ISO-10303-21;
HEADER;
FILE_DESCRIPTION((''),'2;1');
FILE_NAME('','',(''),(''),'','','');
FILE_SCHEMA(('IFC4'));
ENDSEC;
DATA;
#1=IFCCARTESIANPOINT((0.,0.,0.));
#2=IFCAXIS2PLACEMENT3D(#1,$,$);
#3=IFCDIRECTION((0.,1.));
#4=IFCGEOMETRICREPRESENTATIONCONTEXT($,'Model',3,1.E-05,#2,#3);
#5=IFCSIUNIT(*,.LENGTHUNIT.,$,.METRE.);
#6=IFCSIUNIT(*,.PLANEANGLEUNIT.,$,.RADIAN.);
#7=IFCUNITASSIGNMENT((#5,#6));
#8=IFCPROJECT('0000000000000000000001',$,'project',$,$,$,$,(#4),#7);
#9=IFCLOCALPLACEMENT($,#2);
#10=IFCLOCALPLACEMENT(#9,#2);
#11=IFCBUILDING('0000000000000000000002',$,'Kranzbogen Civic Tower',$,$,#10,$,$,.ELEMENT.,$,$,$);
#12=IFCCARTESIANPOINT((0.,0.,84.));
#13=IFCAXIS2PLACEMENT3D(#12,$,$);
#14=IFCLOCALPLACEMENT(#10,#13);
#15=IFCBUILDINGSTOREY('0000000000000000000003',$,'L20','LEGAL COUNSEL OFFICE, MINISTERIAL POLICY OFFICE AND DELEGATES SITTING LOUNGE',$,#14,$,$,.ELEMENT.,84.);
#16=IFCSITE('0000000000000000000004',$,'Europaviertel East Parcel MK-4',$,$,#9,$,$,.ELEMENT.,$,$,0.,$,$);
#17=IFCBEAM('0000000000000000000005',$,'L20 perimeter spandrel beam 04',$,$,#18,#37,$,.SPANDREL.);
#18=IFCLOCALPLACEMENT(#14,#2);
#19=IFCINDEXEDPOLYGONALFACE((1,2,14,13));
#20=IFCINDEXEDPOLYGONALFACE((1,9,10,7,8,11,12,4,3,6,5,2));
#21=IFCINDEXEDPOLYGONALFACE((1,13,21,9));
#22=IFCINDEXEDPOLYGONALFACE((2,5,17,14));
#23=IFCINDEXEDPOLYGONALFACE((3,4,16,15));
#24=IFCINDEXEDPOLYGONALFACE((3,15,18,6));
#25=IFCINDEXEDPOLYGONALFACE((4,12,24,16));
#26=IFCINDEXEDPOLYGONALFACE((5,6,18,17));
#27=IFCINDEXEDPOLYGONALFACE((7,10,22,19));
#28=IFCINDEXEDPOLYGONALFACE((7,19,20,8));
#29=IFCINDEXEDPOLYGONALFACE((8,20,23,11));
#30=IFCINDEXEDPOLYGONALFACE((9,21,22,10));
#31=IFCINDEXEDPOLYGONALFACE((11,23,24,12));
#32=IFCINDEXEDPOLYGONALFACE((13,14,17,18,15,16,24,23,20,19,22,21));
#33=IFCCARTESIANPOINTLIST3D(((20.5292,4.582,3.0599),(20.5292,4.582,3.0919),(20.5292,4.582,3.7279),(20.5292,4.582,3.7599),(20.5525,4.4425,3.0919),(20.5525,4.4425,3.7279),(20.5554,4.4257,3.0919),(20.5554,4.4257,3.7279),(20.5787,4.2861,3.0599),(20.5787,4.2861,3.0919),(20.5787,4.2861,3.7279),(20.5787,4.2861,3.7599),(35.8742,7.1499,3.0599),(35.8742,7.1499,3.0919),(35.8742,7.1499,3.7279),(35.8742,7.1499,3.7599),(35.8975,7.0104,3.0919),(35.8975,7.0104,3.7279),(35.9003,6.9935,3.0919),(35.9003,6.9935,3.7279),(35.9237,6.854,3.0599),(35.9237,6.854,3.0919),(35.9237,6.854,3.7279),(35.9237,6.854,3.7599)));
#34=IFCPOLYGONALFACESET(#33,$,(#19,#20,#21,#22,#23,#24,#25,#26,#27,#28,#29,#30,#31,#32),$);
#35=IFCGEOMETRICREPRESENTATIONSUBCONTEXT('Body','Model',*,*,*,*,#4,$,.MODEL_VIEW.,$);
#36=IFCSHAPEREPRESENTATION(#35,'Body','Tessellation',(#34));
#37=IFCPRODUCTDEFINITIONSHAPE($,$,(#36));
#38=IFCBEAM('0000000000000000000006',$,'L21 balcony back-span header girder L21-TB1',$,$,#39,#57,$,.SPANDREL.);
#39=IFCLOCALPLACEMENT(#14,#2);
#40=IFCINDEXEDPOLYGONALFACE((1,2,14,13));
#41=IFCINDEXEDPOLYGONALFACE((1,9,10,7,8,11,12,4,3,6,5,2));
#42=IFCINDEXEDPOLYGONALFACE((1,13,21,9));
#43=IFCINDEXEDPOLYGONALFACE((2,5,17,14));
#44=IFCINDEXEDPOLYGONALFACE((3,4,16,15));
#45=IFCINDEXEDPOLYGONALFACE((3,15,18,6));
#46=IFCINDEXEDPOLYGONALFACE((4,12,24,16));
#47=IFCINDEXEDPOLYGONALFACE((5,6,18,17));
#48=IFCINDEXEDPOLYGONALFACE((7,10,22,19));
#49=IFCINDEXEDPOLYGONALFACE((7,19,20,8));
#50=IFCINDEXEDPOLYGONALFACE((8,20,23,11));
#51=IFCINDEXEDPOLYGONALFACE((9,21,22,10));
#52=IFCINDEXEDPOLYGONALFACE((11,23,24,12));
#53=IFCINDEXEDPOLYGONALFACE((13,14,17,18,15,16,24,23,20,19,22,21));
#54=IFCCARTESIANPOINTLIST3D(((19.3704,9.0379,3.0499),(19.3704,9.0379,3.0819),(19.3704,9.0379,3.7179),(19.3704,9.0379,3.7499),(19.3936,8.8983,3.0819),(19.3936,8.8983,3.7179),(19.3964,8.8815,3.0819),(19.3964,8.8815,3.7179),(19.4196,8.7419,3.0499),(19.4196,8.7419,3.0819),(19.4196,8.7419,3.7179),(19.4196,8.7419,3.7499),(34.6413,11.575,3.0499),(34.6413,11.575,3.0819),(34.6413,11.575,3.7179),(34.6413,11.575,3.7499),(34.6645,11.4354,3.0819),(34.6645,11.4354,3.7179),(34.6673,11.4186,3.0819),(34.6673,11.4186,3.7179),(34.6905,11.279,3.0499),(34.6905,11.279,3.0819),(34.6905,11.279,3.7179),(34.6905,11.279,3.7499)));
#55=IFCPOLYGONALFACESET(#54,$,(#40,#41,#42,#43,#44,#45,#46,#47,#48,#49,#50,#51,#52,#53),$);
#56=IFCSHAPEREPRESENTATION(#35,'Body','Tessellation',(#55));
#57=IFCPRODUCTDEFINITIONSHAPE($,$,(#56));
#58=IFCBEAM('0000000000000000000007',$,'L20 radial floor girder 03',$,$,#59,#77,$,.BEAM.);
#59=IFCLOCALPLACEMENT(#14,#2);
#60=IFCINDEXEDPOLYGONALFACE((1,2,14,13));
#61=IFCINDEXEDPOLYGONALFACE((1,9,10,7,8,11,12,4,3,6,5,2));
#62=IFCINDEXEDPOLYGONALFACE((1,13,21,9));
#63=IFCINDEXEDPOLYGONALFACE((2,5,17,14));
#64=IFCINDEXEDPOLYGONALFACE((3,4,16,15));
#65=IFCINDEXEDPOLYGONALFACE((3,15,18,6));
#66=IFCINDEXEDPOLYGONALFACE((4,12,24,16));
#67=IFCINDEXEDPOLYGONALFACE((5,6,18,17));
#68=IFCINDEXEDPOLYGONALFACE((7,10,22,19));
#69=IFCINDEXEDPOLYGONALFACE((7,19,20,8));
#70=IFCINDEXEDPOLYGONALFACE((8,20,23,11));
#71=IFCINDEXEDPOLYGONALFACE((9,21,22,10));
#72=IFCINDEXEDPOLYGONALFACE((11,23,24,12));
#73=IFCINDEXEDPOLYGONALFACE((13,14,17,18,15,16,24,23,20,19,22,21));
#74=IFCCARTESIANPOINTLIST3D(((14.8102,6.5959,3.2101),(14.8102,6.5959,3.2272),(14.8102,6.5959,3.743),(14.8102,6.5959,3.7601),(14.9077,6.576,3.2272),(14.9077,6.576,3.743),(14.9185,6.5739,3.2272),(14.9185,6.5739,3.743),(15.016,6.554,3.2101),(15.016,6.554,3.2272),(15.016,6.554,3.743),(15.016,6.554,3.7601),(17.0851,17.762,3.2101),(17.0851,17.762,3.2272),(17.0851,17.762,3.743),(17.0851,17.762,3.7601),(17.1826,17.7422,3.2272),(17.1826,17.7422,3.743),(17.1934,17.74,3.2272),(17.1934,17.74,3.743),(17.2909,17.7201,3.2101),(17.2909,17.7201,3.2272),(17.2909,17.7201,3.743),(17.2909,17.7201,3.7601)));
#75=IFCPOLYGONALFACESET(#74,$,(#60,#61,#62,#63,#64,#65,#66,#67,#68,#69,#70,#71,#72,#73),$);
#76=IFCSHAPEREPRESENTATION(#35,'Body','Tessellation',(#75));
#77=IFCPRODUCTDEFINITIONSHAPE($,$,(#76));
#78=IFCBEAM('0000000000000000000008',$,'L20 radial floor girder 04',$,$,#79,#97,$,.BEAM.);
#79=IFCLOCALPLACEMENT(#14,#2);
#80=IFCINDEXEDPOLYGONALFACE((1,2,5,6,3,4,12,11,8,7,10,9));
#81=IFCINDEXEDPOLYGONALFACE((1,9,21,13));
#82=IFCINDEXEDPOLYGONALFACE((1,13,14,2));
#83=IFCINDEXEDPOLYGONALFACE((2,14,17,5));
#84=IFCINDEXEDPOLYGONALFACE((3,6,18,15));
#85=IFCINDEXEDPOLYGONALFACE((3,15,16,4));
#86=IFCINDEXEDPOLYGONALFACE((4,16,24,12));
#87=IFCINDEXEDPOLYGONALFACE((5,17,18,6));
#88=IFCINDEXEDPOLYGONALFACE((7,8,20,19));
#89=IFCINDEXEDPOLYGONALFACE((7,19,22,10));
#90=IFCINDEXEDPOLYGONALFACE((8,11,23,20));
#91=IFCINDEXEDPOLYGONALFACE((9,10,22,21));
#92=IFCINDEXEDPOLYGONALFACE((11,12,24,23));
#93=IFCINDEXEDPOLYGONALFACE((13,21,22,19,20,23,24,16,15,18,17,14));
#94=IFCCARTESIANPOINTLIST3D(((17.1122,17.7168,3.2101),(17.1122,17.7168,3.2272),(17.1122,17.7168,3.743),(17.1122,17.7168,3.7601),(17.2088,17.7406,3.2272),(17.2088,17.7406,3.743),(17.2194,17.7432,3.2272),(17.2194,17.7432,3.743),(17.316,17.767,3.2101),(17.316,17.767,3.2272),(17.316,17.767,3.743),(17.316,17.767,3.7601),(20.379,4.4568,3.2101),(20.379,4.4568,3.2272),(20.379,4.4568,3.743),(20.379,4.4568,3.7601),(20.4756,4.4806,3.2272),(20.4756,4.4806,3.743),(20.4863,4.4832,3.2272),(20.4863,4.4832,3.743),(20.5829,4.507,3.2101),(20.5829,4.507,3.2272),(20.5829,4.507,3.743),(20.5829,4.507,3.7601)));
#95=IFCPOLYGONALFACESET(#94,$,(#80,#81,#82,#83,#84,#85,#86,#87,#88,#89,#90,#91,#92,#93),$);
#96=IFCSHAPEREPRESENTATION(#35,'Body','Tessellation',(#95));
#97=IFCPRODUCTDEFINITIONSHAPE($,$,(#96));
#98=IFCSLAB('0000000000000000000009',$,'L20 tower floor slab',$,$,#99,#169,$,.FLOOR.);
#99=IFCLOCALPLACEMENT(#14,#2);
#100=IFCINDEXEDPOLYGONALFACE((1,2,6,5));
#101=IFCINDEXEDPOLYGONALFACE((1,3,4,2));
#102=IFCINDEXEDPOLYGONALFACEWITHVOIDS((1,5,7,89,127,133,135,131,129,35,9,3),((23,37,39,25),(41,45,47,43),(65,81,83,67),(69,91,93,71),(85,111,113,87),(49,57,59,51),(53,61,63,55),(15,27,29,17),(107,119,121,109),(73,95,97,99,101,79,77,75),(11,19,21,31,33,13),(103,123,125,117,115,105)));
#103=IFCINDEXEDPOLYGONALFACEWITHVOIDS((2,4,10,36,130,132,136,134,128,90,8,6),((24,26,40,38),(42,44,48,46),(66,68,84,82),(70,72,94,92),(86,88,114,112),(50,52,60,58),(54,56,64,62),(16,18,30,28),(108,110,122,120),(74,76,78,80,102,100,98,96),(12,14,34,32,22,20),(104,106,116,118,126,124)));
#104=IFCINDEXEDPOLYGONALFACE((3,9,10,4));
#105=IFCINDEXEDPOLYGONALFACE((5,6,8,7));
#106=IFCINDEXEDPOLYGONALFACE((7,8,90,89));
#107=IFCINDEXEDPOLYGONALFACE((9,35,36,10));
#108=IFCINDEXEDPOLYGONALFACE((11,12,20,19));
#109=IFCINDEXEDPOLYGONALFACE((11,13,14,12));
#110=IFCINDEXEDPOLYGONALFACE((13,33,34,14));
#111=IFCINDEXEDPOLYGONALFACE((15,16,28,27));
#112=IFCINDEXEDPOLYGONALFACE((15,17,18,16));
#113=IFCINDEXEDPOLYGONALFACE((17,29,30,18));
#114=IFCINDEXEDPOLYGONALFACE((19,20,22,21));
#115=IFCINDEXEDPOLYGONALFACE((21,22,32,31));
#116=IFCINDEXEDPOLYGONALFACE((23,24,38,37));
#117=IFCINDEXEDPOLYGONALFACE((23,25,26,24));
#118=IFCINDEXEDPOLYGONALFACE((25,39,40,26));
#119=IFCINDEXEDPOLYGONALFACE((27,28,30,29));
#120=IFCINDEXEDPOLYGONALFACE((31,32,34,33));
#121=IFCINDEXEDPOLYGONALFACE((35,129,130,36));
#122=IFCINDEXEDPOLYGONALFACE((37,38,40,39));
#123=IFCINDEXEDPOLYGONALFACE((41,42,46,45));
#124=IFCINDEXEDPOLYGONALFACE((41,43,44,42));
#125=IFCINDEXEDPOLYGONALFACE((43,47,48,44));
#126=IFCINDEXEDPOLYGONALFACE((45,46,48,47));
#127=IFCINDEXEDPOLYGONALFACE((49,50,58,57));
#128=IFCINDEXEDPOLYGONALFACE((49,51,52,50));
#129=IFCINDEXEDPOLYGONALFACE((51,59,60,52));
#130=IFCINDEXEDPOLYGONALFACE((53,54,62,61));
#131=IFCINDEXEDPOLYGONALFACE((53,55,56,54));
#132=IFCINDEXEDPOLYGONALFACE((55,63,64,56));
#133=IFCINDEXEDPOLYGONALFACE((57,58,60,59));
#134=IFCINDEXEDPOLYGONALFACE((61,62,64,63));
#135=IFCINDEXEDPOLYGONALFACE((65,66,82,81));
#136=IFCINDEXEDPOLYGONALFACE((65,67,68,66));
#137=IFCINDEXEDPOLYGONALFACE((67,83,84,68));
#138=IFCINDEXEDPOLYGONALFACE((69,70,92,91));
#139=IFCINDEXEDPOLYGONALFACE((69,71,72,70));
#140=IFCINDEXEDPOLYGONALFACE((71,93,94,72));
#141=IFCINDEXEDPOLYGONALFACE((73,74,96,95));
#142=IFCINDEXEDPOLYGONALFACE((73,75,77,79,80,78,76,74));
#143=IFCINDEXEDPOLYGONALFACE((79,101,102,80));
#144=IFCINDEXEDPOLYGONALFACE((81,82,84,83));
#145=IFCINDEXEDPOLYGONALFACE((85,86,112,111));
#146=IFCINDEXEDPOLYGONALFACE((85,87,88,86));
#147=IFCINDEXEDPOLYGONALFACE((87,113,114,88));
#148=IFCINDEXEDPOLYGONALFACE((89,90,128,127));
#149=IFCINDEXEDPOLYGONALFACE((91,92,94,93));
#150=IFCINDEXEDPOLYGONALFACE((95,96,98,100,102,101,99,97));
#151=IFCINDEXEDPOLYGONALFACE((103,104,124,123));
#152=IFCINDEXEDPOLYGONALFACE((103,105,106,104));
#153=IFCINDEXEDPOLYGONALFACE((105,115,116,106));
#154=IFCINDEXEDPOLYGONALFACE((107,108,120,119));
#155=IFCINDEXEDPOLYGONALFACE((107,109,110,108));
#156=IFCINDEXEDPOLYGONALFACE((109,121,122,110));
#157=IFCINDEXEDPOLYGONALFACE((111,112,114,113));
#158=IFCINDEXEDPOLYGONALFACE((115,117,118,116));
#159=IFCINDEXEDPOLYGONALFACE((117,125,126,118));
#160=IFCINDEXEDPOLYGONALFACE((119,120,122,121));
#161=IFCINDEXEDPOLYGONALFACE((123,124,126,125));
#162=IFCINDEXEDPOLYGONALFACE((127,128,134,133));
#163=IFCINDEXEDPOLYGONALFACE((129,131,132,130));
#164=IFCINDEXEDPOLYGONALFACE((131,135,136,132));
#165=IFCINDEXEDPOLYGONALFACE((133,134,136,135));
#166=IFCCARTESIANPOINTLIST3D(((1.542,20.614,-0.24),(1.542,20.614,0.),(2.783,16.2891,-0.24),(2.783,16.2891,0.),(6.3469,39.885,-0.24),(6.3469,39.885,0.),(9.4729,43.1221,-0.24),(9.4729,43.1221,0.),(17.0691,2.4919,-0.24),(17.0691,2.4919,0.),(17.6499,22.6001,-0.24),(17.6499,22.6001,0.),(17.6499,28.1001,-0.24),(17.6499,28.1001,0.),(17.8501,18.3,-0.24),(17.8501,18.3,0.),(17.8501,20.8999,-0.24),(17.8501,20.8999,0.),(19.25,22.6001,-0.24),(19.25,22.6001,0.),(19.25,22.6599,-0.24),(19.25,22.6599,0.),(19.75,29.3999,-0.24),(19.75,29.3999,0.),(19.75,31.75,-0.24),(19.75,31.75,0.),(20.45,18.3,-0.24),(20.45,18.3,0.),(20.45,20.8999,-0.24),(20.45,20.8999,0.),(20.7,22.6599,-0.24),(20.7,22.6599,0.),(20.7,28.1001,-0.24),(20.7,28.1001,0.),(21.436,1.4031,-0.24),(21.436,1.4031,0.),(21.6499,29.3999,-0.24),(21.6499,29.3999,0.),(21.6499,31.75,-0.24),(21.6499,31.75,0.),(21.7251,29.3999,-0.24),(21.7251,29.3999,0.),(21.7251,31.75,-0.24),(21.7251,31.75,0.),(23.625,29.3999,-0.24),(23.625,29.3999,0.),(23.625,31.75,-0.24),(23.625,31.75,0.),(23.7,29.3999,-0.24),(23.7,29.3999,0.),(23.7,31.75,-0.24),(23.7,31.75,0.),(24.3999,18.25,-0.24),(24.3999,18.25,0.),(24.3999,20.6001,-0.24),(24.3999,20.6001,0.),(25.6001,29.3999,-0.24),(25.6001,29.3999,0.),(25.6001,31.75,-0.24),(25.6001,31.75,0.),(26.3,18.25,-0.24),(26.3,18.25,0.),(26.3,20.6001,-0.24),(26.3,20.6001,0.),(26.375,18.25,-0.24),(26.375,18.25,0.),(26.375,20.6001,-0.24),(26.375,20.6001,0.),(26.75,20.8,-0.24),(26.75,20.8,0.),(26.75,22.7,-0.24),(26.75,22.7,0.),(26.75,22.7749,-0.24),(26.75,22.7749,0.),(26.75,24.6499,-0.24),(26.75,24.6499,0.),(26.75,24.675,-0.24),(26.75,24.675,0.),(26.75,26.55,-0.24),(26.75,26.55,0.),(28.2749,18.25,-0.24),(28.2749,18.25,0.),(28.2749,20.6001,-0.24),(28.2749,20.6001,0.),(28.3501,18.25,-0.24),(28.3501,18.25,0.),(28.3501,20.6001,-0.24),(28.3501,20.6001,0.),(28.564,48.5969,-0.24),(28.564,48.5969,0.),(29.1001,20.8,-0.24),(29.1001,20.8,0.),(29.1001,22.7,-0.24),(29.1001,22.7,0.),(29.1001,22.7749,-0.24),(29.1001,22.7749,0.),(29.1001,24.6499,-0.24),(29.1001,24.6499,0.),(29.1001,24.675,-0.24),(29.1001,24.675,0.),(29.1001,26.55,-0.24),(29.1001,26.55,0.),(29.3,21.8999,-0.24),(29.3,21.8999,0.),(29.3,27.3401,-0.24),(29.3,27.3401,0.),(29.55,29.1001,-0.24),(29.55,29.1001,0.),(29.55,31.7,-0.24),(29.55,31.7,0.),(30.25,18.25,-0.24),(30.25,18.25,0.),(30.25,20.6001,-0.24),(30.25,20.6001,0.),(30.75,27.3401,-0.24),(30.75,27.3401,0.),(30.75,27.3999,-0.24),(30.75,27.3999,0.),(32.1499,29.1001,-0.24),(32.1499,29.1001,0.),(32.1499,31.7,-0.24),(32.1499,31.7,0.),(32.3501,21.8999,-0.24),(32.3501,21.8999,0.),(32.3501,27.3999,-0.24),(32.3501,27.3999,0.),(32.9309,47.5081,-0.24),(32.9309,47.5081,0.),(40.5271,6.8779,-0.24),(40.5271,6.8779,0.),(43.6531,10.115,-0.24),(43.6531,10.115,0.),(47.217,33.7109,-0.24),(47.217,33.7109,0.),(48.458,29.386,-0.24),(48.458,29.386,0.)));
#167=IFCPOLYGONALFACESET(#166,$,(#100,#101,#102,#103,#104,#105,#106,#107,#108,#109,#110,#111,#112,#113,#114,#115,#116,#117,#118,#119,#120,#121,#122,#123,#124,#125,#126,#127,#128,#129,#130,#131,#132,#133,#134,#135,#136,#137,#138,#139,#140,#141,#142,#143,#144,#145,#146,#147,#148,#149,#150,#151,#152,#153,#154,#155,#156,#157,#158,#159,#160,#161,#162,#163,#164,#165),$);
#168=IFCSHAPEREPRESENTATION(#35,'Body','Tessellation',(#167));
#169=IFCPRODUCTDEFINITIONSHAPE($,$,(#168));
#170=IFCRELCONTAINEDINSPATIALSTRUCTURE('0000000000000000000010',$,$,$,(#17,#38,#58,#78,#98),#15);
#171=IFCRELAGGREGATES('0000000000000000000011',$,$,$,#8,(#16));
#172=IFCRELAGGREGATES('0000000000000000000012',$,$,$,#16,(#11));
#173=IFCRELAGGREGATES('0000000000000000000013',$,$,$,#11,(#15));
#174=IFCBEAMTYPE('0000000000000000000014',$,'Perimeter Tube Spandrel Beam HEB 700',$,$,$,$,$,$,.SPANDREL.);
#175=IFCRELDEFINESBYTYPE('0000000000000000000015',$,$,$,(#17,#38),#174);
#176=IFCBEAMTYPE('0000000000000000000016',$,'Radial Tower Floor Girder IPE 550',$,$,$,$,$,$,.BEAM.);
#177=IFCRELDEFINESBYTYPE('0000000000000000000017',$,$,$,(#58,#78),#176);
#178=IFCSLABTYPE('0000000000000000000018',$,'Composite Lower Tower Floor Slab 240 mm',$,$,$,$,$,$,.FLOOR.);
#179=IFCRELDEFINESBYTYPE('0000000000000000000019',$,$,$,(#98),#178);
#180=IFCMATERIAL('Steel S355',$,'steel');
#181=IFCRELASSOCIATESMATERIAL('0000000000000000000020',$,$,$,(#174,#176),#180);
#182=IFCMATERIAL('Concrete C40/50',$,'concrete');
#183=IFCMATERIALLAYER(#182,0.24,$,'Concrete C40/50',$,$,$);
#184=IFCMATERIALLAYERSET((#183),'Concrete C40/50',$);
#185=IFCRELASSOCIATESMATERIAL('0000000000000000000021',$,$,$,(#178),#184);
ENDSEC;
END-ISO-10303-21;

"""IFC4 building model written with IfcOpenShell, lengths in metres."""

from ifc_helpers import new_model, si_unit, direction, frame, origin, origin_2d, place, context, subcontext, project, spatial, polyline, i_section, outline, extrude, material, layer, layer_set, material_profile, profile_set, type_object, element, save


model = new_model("IFC4")

# Units and contexts
model_context = context("Model", 3, precision=1e-05, world=origin(), true_north=direction((0.0, 1.0)))
body_context = subcontext(model_context, "Body", "Model", "MODEL_VIEW")
ifc_project = project(units=[si_unit("LENGTHUNIT", "METRE"), si_unit("PLANEANGLEUNIT", "RADIAN")], contexts=[model_context])

# Site, building, storey
site_placement = place(None, origin())
site = spatial("IfcSite", under=ifc_project, at=site_placement, Name="Europaviertel East Parcel MK-4", CompositionType="ELEMENT", RefElevation=0.0)
building_placement = place(site_placement, origin())
building = spatial("IfcBuilding", under=site, at=building_placement, Name="Kranzbogen Civic Tower", CompositionType="ELEMENT")
storey_placement = place(building_placement, frame((0.0, 0.0, 84.0)))
storey = spatial("IfcBuildingStorey", under=building, at=storey_placement, Name="L20", Description="LEGAL COUNSEL OFFICE, MINISTERIAL POLICY OFFICE AND DELEGATES SITTING LOUNGE", CompositionType="ELEMENT", Elevation=84.0)

# Shared definitions
ifc_material_1 = material(Name="Steel S355", Category="steel")

# Beams
ifc_material_profile_1 = material_profile(ifc_material_1, i_section(OverallWidth=0.3, OverallDepth=0.7, WebThickness=0.0171, FlangeThickness=0.032, at=origin_2d()), Name="HEB 700")
ifc_profile_set_1 = profile_set([ifc_material_profile_1], Name="Steel S355")
beam_type_1 = type_object("IfcBeamType", Name="Perimeter Tube Spandrel Beam HEB 700", PredefinedType="SPANDREL", material=ifc_profile_set_1)
beam_1_placement = place(storey_placement, frame((20.554, 4.4341, 3.4099), z_axis=(0.986286, 0.165048, 0.0), x_axis=(-0.165048, 0.986286, 0.0)))
element("IfcBeam", 1, at=beam_1_placement, inside=storey, type_object=beam_type_1, Name="L20 perimeter spandrel beam 04", PredefinedType="SPANDREL", context=body_context, shape_type="SweptSolid", body=[
    extrude(i_section(OverallWidth=0.3, OverallDepth=0.7, WebThickness=0.0171, FlangeThickness=0.032, at=origin_2d()), origin(), (0.0, 0.0, 1.0), 15.5583),
])
beam_2_placement = place(storey_placement, frame((19.395, 8.8899, 3.3999), z_axis=(0.986478, 0.163893, 0.0), x_axis=(-0.163893, 0.986478, 0.0)))
element("IfcBeam", 2, at=beam_2_placement, inside=storey, type_object=beam_type_1, Name="L21 balcony back-span header girder L21-TB1", PredefinedType="SPANDREL", context=body_context, shape_type="SweptSolid", body=[
    extrude(i_section(OverallWidth=0.3, OverallDepth=0.7, WebThickness=0.0171, FlangeThickness=0.032, at=origin_2d()), origin(), (0.0, 0.0, 1.0), 15.4802),
])
ifc_material_profile_2 = material_profile(ifc_material_1, i_section(OverallWidth=0.21, OverallDepth=0.55, WebThickness=0.011, FlangeThickness=0.0171, at=origin_2d()), Name="IPE 550")
ifc_profile_set_2 = profile_set([ifc_material_profile_2], Name="Steel S355")
beam_type_2 = type_object("IfcBeamType", Name="Radial Tower Floor Girder IPE 550", PredefinedType="BEAM", material=ifc_profile_set_2)
beam_3_placement = place(storey_placement, frame((14.9131, 6.575, 3.4851), z_axis=(0.199633, 0.979871, 0.0), x_axis=(-0.979871, 0.199633, 0.0)))
element("IfcBeam", 3, at=beam_3_placement, inside=storey, type_object=beam_type_2, Name="L20 radial floor girder 03", PredefinedType="BEAM", context=body_context, shape_type="SweptSolid", body=[
    extrude(i_section(OverallWidth=0.21, OverallDepth=0.55, WebThickness=0.011, FlangeThickness=0.0171, at=origin_2d()), origin(), (0.0, 0.0, 1.0), 11.3955),
])
beam_4_placement = place(storey_placement, frame((20.481, 4.4819, 3.4851), z_axis=(-0.239215, 0.970967, 0.0), x_axis=(-0.970967, -0.239215, 0.0)))
element("IfcBeam", 4, at=beam_4_placement, inside=storey, type_object=beam_type_2, Name="L20 radial floor girder 04", PredefinedType="BEAM", context=body_context, shape_type="SweptSolid", body=[
    extrude(i_section(OverallWidth=0.21, OverallDepth=0.55, WebThickness=0.011, FlangeThickness=0.0171, at=origin_2d()), origin(), (0.0, 0.0, 1.0), 13.6565),
])

# Slab
ifc_material_2 = material(Name="Concrete C40/50", Category="concrete")
ifc_layer_1 = layer(ifc_material_2, 0.24, Name="Concrete C40/50")
ifc_layer_set_1 = layer_set([ifc_layer_1], Name="Concrete C40/50")
slab_type_1 = type_object("IfcSlabType", Name="Composite Lower Tower Floor Slab 240 mm", PredefinedType="FLOOR", material=ifc_layer_set_1)
slab_1_placement = place(storey_placement, frame((0.0, 0.0, -0.24)))
element("IfcSlab", 5, at=slab_1_placement, inside=storey, type_object=slab_type_1, Name="L20 tower floor slab", PredefinedType="FLOOR", context=body_context, shape_type="SweptSolid", body=[
    extrude(outline(polyline([(47.217, 33.7109), (32.9309, 47.5081), (28.564, 48.5969), (9.4729, 43.1221), (6.3469, 39.885), (1.542, 20.614), (2.783, 16.2891), (17.0691, 2.4919), (21.436, 1.4031), (40.5271, 6.8779), (43.6531, 10.115), (48.458, 29.386), (47.217, 33.7109)]), holes=[polyline([(26.3, 20.6001), (26.3, 18.25), (24.3999, 18.25), (24.3999, 20.6001), (26.3, 20.6001)]), polyline([(28.2749, 18.25), (26.375, 18.25), (26.375, 20.6001), (28.2749, 20.6001), (28.2749, 18.25)]), polyline([(20.45, 18.3), (17.8501, 18.3), (17.8501, 20.8999), (20.45, 20.8999), (20.45, 18.3)]), polyline([(20.7, 22.6599), (19.25, 22.6599), (19.25, 22.6001), (17.6499, 22.6001), (17.6499, 28.1001), (20.7, 28.1001), (20.7, 22.6599)]), polyline([(21.6499, 29.3999), (19.75, 29.3999), (19.75, 31.75), (21.6499, 31.75), (21.6499, 29.3999)]), polyline([(23.625, 29.3999), (21.7251, 29.3999), (21.7251, 31.75), (23.625, 31.75), (23.625, 29.3999)]), polyline([(25.6001, 31.75), (25.6001, 29.3999), (23.7, 29.3999), (23.7, 31.75), (25.6001, 31.75)]), polyline([(30.25, 18.25), (28.3501, 18.25), (28.3501, 20.6001), (30.25, 20.6001), (30.25, 18.25)]), polyline([(29.1001, 20.8), (26.75, 20.8), (26.75, 22.7), (29.1001, 22.7), (29.1001, 20.8)]), polyline([(26.75, 26.55), (29.1001, 26.55), (29.1001, 24.675), (29.1001, 24.6499), (29.1001, 22.7749), (26.75, 22.7749), (26.75, 24.6499), (26.75, 24.675), (26.75, 26.55)]), polyline([(30.75, 27.3401), (30.75, 27.3999), (32.3501, 27.3999), (32.3501, 21.8999), (29.3, 21.8999), (29.3, 27.3401), (30.75, 27.3401)]), polyline([(32.1499, 29.1001), (29.55, 29.1001), (29.55, 31.7), (32.1499, 31.7), (32.1499, 29.1001)])]), origin(), (0.0, 0.0, 1.0), 0.24),
])

save(model, "model.ifc")
